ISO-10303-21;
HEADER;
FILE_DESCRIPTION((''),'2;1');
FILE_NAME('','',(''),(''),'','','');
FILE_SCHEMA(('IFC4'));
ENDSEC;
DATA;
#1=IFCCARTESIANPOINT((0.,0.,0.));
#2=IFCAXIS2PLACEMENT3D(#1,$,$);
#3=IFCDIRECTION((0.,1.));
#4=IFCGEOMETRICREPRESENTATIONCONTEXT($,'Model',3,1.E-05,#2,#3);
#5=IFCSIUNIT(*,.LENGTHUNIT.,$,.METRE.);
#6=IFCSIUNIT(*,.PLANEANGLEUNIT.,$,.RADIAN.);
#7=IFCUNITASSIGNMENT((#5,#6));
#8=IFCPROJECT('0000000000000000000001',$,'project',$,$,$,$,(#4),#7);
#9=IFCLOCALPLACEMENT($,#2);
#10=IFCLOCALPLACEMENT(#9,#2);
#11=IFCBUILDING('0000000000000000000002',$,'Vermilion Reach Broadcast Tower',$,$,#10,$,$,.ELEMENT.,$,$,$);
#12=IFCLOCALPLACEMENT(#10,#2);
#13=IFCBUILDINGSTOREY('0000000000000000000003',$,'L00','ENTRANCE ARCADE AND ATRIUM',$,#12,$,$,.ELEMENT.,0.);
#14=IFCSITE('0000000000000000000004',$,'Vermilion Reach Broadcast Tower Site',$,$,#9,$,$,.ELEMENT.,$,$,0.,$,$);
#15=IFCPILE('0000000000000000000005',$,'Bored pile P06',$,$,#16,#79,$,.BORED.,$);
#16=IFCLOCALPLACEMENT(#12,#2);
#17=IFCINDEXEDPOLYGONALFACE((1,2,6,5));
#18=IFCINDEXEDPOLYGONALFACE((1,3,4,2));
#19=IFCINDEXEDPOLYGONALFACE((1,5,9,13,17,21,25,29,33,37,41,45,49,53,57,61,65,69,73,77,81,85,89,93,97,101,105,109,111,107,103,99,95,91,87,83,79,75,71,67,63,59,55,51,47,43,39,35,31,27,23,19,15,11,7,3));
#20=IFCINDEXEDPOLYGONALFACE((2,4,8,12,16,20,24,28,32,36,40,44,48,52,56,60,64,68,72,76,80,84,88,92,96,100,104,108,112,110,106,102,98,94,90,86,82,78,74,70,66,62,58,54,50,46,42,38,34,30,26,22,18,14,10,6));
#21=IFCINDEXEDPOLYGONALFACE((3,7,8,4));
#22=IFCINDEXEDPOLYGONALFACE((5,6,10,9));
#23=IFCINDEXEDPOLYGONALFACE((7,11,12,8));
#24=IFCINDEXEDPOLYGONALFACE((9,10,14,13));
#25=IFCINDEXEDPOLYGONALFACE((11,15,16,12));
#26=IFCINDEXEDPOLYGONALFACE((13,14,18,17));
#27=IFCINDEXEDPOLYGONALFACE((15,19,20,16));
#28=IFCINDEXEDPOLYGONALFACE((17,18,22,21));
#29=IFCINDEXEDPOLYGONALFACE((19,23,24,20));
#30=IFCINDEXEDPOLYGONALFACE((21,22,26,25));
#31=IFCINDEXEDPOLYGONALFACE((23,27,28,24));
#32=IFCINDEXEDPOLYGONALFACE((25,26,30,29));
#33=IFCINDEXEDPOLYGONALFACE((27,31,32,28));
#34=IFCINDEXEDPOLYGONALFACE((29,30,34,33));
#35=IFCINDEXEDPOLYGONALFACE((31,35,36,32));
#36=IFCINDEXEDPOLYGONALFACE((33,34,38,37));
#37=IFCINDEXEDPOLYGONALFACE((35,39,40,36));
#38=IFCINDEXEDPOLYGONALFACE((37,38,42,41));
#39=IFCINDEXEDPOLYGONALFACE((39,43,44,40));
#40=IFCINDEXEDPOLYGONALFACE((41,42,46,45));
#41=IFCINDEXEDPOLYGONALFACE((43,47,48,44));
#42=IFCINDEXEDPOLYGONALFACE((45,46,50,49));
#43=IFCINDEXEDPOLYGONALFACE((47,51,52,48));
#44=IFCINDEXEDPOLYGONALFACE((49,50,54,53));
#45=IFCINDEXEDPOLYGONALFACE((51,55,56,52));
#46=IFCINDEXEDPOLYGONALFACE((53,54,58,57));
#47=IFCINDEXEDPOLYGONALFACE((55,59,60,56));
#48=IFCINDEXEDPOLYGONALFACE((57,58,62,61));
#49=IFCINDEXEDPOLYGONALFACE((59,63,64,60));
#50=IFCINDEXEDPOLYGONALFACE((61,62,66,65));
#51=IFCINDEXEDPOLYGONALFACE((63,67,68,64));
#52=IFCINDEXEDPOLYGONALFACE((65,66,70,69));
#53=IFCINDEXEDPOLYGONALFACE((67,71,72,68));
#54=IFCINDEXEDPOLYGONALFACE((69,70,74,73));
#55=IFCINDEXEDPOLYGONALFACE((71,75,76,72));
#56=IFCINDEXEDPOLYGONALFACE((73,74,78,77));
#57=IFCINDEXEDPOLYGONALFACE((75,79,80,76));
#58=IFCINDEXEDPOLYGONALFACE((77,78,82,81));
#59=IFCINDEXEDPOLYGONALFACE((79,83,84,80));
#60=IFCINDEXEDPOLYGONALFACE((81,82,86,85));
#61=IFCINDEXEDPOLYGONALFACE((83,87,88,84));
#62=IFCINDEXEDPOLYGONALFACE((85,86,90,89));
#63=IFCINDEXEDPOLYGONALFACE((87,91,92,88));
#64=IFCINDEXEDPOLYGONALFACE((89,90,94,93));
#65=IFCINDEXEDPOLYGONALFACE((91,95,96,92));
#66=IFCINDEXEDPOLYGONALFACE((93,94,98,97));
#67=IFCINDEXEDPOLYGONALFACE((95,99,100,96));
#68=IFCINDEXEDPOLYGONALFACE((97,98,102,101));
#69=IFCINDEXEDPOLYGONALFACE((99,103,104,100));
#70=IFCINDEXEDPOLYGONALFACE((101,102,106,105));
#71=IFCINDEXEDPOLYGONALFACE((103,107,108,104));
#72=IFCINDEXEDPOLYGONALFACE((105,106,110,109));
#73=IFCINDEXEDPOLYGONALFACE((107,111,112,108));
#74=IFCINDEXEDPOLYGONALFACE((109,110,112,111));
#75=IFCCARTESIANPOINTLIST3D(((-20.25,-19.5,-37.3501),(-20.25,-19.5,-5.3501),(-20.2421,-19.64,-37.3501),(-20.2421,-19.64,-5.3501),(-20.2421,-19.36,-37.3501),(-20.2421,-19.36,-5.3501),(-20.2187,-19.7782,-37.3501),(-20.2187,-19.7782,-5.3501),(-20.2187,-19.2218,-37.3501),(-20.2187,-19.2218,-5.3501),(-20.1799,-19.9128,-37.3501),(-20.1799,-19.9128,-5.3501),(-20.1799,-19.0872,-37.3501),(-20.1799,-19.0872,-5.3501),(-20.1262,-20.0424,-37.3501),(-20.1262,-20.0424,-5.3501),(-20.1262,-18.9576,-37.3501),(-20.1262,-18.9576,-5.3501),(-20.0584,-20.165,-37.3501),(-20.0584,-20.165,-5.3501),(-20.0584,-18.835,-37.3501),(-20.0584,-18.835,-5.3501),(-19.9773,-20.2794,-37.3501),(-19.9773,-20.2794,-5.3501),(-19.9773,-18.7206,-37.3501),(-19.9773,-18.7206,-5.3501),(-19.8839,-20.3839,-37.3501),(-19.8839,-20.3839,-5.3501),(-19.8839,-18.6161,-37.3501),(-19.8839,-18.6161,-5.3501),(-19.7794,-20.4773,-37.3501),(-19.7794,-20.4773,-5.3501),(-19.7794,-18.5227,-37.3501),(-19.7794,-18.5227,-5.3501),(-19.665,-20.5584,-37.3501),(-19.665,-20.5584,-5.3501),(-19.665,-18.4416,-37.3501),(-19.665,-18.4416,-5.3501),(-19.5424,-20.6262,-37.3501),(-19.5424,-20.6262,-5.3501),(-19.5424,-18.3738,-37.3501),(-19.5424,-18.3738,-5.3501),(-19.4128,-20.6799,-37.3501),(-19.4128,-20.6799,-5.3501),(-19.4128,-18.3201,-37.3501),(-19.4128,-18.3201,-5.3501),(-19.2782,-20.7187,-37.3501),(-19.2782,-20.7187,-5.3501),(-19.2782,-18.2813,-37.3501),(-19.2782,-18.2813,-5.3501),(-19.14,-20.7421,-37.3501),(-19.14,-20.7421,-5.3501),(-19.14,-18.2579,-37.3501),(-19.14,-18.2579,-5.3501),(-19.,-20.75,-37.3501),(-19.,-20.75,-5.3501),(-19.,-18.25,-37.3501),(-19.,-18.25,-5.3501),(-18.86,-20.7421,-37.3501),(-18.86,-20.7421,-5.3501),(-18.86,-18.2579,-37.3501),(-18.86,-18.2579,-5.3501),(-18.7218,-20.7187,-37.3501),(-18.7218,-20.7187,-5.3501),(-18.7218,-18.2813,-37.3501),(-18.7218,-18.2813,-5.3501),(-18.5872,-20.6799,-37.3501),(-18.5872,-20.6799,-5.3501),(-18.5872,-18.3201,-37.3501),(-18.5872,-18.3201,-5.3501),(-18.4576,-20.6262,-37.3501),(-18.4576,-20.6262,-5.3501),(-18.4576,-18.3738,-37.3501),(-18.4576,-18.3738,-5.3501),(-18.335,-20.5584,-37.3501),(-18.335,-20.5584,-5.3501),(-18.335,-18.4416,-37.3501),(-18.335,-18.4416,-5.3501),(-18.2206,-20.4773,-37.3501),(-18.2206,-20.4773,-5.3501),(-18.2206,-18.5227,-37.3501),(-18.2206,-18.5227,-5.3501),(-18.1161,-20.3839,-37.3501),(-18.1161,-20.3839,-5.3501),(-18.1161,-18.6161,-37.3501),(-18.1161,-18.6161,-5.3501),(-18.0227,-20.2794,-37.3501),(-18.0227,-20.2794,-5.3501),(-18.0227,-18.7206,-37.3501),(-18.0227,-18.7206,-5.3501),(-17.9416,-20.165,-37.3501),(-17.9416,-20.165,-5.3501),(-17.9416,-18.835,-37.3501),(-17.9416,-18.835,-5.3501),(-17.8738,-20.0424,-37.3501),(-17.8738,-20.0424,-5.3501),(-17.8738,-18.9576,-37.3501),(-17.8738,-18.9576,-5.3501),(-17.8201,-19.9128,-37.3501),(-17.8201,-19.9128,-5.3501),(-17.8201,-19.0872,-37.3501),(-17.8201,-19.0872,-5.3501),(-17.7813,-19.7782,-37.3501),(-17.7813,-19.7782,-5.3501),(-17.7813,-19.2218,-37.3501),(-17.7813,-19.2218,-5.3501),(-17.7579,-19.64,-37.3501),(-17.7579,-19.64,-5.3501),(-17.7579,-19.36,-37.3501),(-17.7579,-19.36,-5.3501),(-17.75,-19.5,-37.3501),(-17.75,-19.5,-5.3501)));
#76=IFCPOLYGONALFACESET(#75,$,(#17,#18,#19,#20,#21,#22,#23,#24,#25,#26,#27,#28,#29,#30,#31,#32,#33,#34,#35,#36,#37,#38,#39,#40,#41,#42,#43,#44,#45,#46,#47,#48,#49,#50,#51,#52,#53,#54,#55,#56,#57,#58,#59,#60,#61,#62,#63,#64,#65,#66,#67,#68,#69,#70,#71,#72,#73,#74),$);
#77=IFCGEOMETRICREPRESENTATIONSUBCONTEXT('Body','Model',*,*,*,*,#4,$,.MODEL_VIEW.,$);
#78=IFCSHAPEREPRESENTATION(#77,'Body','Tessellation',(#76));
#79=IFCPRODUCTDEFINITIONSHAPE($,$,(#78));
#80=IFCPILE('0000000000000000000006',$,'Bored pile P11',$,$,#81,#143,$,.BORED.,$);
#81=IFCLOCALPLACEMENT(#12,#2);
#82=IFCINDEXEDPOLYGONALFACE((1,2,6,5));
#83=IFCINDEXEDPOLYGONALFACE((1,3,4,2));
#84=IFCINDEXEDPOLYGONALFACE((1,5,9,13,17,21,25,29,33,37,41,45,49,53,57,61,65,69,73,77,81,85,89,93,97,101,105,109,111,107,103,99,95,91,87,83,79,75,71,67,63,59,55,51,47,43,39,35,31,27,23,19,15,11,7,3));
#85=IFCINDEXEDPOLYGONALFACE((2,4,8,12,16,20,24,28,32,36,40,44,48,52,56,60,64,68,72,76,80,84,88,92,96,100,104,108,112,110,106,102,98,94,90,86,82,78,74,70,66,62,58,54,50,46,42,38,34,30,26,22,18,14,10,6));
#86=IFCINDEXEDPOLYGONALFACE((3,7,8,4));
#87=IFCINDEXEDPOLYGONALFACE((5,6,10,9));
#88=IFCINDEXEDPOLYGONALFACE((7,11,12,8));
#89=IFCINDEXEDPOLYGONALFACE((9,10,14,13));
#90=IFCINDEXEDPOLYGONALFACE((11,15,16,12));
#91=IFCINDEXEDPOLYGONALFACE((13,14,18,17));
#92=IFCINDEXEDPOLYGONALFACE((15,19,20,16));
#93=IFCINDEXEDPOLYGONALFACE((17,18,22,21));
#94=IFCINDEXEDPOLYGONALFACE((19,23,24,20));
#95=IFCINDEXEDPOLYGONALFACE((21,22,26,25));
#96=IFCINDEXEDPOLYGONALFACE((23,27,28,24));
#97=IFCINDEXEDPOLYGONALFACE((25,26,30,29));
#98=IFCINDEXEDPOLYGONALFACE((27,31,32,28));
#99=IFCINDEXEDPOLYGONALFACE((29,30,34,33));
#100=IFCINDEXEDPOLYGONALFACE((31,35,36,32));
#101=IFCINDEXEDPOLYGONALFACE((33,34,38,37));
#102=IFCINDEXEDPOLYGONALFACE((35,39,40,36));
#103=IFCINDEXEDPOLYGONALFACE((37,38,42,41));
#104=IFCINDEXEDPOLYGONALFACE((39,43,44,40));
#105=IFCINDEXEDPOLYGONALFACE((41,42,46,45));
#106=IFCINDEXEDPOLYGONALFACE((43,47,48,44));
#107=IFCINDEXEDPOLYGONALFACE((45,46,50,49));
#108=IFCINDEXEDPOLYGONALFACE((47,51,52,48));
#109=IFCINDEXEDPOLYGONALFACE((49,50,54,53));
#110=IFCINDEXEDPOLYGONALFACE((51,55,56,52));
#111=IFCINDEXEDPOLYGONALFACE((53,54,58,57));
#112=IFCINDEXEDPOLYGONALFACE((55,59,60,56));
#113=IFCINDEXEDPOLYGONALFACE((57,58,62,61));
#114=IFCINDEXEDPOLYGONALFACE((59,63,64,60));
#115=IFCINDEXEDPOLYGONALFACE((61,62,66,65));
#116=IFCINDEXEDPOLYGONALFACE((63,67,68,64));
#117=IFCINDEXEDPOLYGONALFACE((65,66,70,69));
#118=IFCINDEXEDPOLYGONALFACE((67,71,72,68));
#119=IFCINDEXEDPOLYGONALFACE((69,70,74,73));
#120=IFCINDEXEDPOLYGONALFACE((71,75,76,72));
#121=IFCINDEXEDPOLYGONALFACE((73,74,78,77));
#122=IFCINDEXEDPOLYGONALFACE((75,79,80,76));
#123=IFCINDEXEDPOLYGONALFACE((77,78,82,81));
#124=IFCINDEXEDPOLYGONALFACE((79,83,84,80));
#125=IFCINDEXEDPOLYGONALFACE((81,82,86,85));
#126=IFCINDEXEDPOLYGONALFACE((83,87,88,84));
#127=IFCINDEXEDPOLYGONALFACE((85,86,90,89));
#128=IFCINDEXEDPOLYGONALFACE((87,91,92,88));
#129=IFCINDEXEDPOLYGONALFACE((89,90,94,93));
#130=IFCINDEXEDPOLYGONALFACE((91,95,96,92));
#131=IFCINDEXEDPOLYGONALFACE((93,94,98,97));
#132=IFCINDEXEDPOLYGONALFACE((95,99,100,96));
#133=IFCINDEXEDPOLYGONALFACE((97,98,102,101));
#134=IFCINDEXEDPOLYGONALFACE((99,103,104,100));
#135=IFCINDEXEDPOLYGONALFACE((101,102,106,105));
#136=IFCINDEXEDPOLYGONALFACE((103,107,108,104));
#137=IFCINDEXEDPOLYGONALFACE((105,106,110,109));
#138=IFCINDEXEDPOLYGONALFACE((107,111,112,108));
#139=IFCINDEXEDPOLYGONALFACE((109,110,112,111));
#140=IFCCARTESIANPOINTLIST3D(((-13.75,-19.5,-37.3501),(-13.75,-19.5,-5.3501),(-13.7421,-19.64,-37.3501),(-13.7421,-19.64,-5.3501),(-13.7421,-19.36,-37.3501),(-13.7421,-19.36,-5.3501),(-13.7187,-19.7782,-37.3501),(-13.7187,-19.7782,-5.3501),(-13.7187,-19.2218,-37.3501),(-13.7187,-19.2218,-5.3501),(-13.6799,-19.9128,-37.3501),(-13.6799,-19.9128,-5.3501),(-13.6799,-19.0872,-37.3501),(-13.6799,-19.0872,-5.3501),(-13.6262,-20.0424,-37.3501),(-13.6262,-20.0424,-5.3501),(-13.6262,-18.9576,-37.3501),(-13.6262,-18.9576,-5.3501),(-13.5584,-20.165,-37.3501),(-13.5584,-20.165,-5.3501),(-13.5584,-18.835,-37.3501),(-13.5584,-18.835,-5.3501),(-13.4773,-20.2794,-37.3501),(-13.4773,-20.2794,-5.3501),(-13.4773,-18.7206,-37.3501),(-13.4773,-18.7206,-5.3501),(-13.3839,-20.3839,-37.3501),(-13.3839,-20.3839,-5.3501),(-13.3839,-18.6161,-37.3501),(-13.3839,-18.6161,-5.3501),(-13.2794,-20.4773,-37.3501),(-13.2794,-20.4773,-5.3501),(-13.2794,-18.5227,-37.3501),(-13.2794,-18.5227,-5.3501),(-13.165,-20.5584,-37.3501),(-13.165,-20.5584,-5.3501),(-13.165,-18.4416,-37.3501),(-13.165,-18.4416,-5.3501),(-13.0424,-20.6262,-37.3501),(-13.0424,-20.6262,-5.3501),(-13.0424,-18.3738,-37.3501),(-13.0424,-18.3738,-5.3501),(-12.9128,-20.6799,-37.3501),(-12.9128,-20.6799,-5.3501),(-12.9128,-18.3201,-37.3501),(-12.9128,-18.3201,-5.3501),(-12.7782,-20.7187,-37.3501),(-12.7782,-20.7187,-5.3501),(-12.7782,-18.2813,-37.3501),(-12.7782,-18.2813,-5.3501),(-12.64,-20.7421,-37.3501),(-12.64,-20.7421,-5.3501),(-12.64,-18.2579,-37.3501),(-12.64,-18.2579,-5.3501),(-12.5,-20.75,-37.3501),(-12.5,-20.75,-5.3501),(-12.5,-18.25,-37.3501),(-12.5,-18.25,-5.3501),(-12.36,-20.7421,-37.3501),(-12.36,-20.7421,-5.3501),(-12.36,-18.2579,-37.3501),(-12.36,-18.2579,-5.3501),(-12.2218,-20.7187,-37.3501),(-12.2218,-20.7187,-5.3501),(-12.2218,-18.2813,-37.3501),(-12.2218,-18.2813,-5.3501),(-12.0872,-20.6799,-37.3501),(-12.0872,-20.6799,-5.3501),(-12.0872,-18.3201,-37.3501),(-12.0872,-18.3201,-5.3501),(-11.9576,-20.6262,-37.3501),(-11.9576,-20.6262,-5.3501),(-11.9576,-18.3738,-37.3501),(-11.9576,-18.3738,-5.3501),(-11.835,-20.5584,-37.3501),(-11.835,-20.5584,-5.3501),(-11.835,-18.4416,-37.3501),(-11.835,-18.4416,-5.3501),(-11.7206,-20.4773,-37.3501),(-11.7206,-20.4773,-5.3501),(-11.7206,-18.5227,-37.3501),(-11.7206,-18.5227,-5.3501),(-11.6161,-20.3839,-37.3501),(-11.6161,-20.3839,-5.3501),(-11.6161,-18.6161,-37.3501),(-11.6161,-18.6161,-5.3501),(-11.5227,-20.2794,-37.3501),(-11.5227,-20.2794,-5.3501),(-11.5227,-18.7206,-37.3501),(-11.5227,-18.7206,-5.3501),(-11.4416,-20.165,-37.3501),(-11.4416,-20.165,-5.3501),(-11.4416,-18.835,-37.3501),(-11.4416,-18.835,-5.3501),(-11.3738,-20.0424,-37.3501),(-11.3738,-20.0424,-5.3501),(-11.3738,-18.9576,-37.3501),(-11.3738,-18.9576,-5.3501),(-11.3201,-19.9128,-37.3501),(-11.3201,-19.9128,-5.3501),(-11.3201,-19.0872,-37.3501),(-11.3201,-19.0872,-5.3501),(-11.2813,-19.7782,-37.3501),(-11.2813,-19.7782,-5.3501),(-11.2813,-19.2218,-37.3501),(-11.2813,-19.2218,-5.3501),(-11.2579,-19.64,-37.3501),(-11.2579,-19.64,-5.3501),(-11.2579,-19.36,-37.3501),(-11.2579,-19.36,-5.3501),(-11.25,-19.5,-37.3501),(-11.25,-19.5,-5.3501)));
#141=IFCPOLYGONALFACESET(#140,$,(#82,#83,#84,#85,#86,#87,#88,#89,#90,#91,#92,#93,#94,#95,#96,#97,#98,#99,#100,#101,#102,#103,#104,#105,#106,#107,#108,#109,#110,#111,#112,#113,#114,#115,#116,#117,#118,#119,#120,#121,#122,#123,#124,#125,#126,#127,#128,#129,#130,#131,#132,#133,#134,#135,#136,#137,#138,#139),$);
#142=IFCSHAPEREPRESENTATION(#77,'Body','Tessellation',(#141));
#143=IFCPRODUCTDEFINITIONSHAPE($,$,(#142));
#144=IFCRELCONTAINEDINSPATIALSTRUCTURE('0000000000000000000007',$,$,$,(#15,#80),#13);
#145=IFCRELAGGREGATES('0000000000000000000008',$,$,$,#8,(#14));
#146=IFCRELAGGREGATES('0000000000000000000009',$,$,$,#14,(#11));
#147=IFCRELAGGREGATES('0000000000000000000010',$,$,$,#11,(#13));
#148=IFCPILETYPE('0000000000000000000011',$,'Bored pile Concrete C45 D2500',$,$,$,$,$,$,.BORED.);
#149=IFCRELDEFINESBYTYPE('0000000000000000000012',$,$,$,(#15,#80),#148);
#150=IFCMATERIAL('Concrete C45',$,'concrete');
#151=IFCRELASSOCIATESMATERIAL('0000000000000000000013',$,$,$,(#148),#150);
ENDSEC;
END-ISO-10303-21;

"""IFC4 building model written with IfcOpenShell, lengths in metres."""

from ifc_helpers import new_model, si_unit, direction, frame, origin, origin_2d, place, context, subcontext, project, spatial, circle, extrude, material, material_profile, profile_set, type_object, element, save


model = new_model("IFC4")

# Units and contexts
model_context = context("Model", 3, precision=1e-05, world=origin(), true_north=direction((0.0, 1.0)))
body_context = subcontext(model_context, "Body", "Model", "MODEL_VIEW")
ifc_project = project(units=[si_unit("LENGTHUNIT", "METRE"), si_unit("PLANEANGLEUNIT", "RADIAN")], contexts=[model_context])

# Site, building, storey
site_placement = place(None, origin())
site = spatial("IfcSite", under=ifc_project, at=site_placement, Name="Vermilion Reach Broadcast Tower Site", CompositionType="ELEMENT", RefElevation=0.0)
building_placement = place(site_placement, origin())
building = spatial("IfcBuilding", under=site, at=building_placement, Name="Vermilion Reach Broadcast Tower", CompositionType="ELEMENT")
storey_placement = place(building_placement, origin())
storey = spatial("IfcBuildingStorey", under=building, at=storey_placement, Name="L00", Description="ENTRANCE ARCADE AND ATRIUM", CompositionType="ELEMENT", Elevation=0.0)

# Piles
ifc_material_1 = material(Name="Concrete C45", Category="concrete")
ifc_material_profile_1 = material_profile(ifc_material_1, circle(Radius=1.25, at=origin_2d()), Name="Concrete C45 D2500")
ifc_profile_set_1 = profile_set([ifc_material_profile_1], Name="Concrete C45")
pile_type = type_object("IfcPileType", Name="Bored pile Concrete C45 D2500", PredefinedType="BORED", material=ifc_profile_set_1)
for number, where, z_axis, x_axis, name in (
    (1, (-19.0, -19.5, -5.3501), (0.0, 0.0, -1.0), (1.0, 0.0, 0.0), "Bored pile P06"),
    (2, (-12.5, -19.5, -5.3501), (0.0, 0.0, -1.0), (1.0, 0.0, 0.0), "Bored pile P11"),
):
    element("IfcPile", number, at=place(storey_placement, frame(where, z_axis=z_axis, x_axis=x_axis)), inside=storey, type_object=pile_type, Name=name, PredefinedType="BORED", context=body_context, shape_type="SweptSolid", body=[
        extrude(circle(Radius=1.25, at=origin_2d()), origin(), (0.0, 0.0, 1.0), 32.0),
    ])

save(model, "model.ifc")
